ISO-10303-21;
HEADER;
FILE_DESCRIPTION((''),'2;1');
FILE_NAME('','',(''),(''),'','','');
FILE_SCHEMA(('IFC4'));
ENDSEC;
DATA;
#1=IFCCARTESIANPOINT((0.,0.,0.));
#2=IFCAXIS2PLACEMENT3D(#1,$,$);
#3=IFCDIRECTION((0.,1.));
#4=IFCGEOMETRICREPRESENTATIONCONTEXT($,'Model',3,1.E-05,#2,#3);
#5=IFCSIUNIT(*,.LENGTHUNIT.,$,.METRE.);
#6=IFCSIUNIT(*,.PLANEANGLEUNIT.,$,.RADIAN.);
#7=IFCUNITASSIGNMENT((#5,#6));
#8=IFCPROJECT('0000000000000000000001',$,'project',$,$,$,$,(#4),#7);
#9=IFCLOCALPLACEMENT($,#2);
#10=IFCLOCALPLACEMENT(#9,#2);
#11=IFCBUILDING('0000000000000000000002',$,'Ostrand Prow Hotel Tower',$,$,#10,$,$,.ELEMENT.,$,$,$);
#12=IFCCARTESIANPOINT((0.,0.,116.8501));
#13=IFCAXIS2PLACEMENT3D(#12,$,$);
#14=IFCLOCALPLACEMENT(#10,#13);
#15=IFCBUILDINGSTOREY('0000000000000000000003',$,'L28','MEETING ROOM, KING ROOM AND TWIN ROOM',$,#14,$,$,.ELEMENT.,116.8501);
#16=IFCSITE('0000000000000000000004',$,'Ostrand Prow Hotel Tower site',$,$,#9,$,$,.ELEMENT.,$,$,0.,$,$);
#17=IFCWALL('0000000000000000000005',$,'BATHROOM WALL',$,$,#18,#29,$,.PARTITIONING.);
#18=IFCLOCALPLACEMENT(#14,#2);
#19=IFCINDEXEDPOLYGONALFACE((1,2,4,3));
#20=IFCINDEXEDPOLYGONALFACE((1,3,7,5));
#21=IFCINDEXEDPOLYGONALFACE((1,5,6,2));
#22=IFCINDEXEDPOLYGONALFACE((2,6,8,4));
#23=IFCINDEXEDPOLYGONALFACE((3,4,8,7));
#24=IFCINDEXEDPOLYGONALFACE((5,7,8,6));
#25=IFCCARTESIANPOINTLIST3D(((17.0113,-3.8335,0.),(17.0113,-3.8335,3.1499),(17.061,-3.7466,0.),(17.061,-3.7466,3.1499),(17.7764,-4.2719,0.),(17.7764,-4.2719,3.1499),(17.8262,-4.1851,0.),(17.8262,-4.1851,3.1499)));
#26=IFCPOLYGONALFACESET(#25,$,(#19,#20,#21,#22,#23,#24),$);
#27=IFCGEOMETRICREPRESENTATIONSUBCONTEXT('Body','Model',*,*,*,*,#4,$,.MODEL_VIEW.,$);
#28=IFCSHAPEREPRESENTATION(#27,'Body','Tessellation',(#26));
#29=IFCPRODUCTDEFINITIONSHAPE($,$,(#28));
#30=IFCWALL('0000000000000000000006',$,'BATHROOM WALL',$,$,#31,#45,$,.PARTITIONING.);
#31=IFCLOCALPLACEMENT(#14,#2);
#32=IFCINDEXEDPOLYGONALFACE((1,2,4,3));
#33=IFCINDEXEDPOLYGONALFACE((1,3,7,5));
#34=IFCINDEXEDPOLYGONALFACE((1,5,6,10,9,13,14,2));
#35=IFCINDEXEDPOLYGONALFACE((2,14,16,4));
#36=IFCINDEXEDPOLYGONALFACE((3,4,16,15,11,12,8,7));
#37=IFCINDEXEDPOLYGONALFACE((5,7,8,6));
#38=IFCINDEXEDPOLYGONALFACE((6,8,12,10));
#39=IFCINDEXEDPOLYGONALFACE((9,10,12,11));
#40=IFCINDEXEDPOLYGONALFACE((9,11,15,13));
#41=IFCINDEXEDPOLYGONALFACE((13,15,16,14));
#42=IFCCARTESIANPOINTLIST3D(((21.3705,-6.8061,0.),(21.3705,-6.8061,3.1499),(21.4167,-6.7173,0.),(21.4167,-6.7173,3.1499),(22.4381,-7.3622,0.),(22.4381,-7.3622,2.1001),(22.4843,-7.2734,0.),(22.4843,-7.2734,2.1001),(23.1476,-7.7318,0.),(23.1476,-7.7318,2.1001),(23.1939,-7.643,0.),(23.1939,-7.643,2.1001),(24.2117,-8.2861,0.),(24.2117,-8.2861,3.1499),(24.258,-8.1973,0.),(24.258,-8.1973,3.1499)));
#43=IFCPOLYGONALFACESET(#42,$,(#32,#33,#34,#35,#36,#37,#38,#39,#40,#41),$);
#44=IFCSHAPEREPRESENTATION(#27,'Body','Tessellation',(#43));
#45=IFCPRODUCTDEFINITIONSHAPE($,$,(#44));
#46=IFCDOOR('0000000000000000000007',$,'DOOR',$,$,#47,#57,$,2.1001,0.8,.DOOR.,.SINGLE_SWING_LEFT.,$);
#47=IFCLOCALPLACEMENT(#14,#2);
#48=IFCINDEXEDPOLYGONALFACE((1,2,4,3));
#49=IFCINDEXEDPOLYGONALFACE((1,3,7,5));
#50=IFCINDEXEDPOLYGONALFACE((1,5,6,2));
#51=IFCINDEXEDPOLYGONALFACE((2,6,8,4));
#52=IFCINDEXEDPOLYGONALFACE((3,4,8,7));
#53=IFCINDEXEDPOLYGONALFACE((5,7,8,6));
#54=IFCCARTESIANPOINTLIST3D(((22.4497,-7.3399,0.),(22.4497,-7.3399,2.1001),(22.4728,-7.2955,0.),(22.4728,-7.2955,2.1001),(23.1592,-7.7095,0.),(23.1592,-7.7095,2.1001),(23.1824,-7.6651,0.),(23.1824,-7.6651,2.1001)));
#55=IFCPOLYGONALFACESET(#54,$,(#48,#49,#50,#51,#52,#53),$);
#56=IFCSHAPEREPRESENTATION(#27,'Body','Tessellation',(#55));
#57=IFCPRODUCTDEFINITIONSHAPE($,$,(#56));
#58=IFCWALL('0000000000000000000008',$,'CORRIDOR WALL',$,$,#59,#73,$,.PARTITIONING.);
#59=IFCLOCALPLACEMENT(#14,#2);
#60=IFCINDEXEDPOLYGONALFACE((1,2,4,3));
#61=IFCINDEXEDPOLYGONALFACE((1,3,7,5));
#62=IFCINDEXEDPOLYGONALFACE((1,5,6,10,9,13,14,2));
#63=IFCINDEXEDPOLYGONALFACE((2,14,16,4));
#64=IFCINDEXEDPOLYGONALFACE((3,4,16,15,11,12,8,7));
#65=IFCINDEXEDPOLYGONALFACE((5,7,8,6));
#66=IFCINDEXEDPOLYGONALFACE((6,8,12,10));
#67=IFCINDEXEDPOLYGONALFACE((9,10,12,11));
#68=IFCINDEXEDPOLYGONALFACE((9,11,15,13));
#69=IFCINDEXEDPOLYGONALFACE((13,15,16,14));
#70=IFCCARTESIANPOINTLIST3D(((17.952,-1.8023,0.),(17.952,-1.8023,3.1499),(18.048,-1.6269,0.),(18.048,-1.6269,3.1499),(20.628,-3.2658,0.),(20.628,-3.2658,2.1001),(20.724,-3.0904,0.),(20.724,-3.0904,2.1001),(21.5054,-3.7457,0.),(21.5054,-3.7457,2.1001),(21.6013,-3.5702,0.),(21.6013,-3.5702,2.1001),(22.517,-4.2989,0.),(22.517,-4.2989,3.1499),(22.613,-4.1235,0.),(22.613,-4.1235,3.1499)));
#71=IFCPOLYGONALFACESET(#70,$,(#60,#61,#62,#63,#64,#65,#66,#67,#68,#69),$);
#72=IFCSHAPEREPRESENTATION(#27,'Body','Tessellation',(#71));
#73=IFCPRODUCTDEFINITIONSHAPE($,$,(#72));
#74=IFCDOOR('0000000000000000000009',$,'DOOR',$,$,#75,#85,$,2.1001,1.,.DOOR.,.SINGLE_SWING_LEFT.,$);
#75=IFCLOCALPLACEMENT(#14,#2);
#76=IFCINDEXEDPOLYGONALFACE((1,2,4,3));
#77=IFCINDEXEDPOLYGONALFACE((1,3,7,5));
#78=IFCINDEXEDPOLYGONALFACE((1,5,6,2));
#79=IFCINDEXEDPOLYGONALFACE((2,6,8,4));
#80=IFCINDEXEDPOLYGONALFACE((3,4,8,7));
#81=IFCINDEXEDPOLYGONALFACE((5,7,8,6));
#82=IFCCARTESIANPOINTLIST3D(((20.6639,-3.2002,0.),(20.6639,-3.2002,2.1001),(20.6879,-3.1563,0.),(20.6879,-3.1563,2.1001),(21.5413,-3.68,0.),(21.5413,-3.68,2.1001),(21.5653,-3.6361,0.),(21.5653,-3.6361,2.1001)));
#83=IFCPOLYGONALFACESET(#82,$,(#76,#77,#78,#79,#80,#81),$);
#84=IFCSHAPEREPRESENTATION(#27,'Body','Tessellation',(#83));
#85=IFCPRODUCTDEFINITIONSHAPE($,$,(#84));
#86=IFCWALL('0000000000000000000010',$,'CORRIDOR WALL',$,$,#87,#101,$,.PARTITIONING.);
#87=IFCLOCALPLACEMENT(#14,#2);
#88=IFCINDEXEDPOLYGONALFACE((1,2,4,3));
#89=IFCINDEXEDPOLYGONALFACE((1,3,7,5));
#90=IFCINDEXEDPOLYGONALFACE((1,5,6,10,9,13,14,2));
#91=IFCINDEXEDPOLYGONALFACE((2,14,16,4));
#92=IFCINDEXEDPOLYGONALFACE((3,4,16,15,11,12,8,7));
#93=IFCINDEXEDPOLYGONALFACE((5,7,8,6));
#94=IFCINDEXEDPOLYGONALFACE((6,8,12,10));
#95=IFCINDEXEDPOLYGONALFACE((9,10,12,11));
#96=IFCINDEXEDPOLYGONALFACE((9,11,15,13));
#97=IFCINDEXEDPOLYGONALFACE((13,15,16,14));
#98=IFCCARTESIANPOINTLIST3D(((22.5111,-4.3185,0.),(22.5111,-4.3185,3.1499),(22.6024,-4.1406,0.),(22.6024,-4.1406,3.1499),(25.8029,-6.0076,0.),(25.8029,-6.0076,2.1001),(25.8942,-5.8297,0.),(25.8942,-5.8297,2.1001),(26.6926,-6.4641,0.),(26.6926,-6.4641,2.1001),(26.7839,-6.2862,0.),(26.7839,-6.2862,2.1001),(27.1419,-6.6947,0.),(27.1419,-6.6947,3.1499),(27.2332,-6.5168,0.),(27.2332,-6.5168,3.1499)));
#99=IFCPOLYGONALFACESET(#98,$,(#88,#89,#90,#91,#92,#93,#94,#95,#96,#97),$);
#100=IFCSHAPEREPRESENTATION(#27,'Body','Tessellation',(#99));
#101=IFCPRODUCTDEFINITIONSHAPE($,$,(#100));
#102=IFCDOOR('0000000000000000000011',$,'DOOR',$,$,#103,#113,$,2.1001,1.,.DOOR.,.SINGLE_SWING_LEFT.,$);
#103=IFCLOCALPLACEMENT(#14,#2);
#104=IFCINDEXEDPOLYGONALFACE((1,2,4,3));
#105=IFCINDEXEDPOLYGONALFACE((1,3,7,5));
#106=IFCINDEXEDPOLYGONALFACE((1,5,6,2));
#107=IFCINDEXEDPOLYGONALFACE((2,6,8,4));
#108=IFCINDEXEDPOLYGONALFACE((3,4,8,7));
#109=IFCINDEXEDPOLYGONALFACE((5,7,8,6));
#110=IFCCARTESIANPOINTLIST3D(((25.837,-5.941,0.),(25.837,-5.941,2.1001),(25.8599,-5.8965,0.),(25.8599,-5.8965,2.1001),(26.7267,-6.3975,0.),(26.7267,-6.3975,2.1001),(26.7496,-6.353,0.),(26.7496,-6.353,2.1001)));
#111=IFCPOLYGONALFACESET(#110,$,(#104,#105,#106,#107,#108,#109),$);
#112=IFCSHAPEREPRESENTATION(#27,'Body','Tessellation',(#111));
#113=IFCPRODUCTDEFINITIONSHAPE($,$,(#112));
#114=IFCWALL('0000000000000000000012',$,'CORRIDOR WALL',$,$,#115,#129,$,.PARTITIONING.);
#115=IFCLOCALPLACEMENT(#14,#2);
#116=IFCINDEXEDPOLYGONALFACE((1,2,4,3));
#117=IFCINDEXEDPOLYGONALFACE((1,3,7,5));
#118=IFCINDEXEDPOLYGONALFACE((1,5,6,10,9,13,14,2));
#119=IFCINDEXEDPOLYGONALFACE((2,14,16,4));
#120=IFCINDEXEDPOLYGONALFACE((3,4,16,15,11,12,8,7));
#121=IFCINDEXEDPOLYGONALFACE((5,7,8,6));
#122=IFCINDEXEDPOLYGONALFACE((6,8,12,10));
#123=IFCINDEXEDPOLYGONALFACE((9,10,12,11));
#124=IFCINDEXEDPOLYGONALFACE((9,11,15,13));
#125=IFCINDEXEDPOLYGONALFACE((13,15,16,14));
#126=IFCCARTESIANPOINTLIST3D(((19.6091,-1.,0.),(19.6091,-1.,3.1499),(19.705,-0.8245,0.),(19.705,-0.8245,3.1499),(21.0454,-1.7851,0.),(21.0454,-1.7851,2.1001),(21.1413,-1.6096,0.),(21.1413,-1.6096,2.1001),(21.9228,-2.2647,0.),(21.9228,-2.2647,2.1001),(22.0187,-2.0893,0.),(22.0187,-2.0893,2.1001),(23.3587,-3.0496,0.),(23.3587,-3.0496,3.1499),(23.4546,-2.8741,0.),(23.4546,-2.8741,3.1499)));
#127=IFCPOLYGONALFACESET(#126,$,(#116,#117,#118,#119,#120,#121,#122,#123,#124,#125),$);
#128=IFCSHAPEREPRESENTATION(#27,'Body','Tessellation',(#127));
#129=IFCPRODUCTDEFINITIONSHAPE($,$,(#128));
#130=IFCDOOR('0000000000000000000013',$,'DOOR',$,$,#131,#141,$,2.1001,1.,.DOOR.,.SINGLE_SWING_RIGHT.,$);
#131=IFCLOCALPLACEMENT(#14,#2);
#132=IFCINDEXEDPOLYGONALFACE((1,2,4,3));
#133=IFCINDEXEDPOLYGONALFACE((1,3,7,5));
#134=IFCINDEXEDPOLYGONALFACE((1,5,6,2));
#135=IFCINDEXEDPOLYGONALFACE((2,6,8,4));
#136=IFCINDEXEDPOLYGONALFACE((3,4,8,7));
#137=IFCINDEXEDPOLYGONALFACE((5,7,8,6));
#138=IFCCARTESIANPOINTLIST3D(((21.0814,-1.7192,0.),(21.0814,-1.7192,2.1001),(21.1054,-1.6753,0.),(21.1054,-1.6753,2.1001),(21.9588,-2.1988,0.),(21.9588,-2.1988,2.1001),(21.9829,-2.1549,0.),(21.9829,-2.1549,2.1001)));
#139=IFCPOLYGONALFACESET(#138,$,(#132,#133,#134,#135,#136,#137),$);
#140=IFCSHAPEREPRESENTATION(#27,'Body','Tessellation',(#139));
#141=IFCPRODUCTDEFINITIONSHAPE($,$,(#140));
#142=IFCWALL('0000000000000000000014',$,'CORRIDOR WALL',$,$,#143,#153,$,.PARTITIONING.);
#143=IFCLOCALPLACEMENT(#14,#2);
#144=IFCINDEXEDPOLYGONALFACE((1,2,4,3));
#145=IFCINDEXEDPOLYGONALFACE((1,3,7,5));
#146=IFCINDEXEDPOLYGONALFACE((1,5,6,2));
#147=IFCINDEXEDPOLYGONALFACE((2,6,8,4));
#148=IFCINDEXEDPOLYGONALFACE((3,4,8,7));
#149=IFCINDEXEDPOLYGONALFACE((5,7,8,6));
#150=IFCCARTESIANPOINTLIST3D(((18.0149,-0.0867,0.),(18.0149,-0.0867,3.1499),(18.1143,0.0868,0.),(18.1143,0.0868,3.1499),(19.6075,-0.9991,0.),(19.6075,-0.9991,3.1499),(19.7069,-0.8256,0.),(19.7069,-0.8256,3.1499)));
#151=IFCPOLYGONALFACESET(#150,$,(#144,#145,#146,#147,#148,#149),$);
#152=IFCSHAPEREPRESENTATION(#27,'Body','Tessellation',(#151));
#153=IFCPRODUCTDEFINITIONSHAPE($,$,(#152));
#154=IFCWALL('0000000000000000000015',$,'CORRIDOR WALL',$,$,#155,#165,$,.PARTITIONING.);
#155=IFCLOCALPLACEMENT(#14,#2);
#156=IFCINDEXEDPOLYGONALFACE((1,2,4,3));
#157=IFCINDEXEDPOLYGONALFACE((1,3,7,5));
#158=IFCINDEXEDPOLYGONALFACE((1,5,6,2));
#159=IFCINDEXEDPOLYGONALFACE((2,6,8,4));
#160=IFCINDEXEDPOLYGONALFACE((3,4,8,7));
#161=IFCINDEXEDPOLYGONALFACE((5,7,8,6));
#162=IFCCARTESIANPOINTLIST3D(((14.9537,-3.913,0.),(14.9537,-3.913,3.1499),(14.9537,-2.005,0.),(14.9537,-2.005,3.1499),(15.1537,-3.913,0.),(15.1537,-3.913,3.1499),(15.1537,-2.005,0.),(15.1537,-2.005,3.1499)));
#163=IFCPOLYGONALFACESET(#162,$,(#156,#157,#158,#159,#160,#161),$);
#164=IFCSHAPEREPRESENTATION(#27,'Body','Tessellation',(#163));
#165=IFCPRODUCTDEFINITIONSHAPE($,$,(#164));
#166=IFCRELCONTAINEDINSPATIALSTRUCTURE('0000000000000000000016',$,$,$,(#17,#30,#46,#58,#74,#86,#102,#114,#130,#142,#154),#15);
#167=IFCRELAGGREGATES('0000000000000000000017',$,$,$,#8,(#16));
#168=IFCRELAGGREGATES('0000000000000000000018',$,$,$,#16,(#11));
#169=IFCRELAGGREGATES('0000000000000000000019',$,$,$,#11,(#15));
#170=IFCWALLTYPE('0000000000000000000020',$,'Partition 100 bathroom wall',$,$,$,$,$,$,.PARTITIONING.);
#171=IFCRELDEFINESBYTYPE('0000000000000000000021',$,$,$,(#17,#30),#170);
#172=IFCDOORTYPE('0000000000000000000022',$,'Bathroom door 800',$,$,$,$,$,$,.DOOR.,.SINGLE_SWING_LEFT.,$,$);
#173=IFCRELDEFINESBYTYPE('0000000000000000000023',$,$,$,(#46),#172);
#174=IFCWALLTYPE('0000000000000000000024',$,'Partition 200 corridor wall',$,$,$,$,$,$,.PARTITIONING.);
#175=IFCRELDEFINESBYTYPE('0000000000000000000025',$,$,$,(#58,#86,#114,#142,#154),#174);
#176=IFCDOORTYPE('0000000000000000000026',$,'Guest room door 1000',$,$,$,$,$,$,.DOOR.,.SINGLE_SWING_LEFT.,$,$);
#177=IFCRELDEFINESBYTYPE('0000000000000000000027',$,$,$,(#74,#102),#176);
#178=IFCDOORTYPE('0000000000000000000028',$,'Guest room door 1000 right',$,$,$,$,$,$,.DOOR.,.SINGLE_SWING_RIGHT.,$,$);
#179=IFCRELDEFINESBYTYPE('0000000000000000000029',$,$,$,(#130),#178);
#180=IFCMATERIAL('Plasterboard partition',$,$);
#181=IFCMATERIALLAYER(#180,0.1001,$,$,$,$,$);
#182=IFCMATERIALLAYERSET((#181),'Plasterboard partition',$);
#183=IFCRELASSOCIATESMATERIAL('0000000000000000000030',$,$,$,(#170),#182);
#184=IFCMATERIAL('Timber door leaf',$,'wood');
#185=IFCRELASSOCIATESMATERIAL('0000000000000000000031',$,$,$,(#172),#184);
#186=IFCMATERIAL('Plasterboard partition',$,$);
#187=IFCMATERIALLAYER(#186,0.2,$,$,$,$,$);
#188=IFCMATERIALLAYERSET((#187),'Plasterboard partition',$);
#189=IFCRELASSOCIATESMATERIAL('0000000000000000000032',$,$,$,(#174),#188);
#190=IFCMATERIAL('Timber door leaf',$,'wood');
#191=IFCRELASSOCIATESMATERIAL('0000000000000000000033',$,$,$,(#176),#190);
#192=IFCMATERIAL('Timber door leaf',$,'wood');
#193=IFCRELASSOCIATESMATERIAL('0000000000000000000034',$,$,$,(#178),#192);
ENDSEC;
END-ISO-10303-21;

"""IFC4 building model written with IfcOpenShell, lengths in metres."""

from ifc_helpers import new_model, si_unit, direction, frame, frame_2d, origin, place, context, subcontext, project, spatial, rectangle, extrude, material, layer, layer_set, type_object, element, fill, save


model = new_model("IFC4")

# Units and contexts
model_context = context("Model", 3, precision=1e-05, world=origin(), true_north=direction((0.0, 1.0)))
body_context = subcontext(model_context, "Body", "Model", "MODEL_VIEW")
ifc_project = project(units=[si_unit("LENGTHUNIT", "METRE"), si_unit("PLANEANGLEUNIT", "RADIAN")], contexts=[model_context])

# Site, building, storey
site_placement = place(None, origin())
site = spatial("IfcSite", under=ifc_project, at=site_placement, Name="Ostrand Prow Hotel Tower site", CompositionType="ELEMENT", RefElevation=0.0)
building_placement = place(site_placement, origin())
building = spatial("IfcBuilding", under=site, at=building_placement, Name="Ostrand Prow Hotel Tower", CompositionType="ELEMENT")
storey_placement = place(building_placement, frame((0.0, 0.0, 116.8501)))
storey = spatial("IfcBuildingStorey", under=building, at=storey_placement, Name="L28", Description="MEETING ROOM, KING ROOM AND TWIN ROOM", CompositionType="ELEMENT", Elevation=116.8501)

# Shared definitions
ifc_material_1 = material(Name="Plasterboard partition")
ifc_layer_1 = layer(ifc_material_1, 0.1001)
ifc_layer_set_1 = layer_set([ifc_layer_1], Name="Plasterboard partition")
wall_type_1 = type_object("IfcWallType", Name="Partition 100 bathroom wall", PredefinedType="PARTITIONING", material=ifc_layer_set_1)
ifc_material_2 = material(Name="Timber door leaf", Category="wood")
door_type_1 = type_object("IfcDoorType", Name="Bathroom door 800", OperationType="SINGLE_SWING_LEFT", PredefinedType="DOOR", material=ifc_material_2)

# Wall
wall_1_placement = place(storey_placement, frame((17.8013, -4.2285, 0.0), z_axis=(0.0, 0.0, 1.0), x_axis=(-0.867629, 0.497212, 0.0)))
element("IfcWall", 1, at=wall_1_placement, inside=storey, type_object=wall_type_1, Name="BATHROOM WALL", PredefinedType="PARTITIONING", context=body_context, shape_type="SweptSolid", body=[
    extrude(rectangle(XDim=0.8818, YDim=0.1001, at=frame_2d((0.4409, 0.0))), origin(), (0.0, 0.0, 1.0), 3.1499),
])

# Walls, openings, doors
wall_2_placement = place(storey_placement, frame((24.2349, -8.2417, 0.0), z_axis=(0.0, 0.0, 1.0), x_axis=(-0.886897, 0.461967, 0.0)))
wall_2 = element("IfcWall", 2, at=wall_2_placement, inside=storey, type_object=wall_type_1, Name="BATHROOM WALL", PredefinedType="PARTITIONING", context=body_context, shape_type="SweptSolid", body=[
    extrude(rectangle(XDim=3.2036, YDim=0.1001, at=frame_2d((1.6018, 0.0))), origin(), (0.0, 0.0, 1.0), 3.1499),
])
opening_1_placement = place(wall_2_placement, frame((1.2, 0.0, 0.0)))
opening_1 = element("IfcOpeningElement", 3, at=opening_1_placement, cuts=wall_2, PredefinedType="OPENING", context=body_context, shape_type="SweptSolid", body=[
    extrude(rectangle(XDim=0.8, YDim=2.1001, at=frame_2d((0.3999, 1.05))), frame((0.0, 0.0601, 0.0), z_axis=(0.0, -1.0, 0.0), x_axis=(1.0, 0.0, 0.0)), (0.0, 0.0, 1.0), 0.1201),
])
door_1_placement = place(opening_1_placement, origin())
door_1 = element("IfcDoor", 4, at=door_1_placement, inside=storey, type_object=door_type_1, Name="DOOR", OperationType="SINGLE_SWING_LEFT", OverallHeight=2.1001, OverallWidth=0.8, PredefinedType="DOOR", context=body_context, shape_type="SweptSolid", body=[
    extrude(rectangle(XDim=0.8, YDim=2.1001, at=frame_2d((0.3999, 1.05))), frame((0.0, 0.0249, 0.0), z_axis=(0.0, -1.0, 0.0), x_axis=(1.0, 0.0, 0.0)), (0.0, 0.0, 1.0), 0.05),
])
fill(opening_1, door_1)
ifc_material_3 = material(Name="Plasterboard partition")
ifc_layer_2 = layer(ifc_material_3, 0.2)
ifc_layer_set_2 = layer_set([ifc_layer_2], Name="Plasterboard partition")
wall_type_2 = type_object("IfcWallType", Name="Partition 200 corridor wall", PredefinedType="PARTITIONING", material=ifc_layer_set_2)
wall_3_placement = place(storey_placement, frame((18.0, -1.7146, 0.0), z_axis=(0.0, 0.0, 1.0), x_axis=(0.877361, -0.479832, 0.0)))
wall_3 = element("IfcWall", 5, at=wall_3_placement, inside=storey, type_object=wall_type_2, Name="CORRIDOR WALL", PredefinedType="PARTITIONING", context=body_context, shape_type="SweptSolid", body=[
    extrude(rectangle(XDim=5.2031, YDim=0.2, at=frame_2d((2.6016, 0.0))), origin(), (0.0, 0.0, 1.0), 3.1499),
])
opening_2_placement = place(wall_3_placement, frame((3.05, 0.0, 0.0)))
opening_2 = element("IfcOpeningElement", 6, at=opening_2_placement, cuts=wall_3, PredefinedType="OPENING", context=body_context, shape_type="SweptSolid", body=[
    extrude(rectangle(XDim=1.0, YDim=2.1001, at=frame_2d((0.5, 1.05))), frame((0.0, 0.1099, 0.0), z_axis=(0.0, -1.0, 0.0), x_axis=(1.0, 0.0, 0.0)), (0.0, 0.0, 1.0), 0.22),
])
ifc_material_4 = material(Name="Timber door leaf", Category="wood")
door_type_2 = type_object("IfcDoorType", Name="Guest room door 1000", OperationType="SINGLE_SWING_LEFT", PredefinedType="DOOR", material=ifc_material_4)
door_2_placement = place(opening_2_placement, origin())
door_2 = element("IfcDoor", 7, at=door_2_placement, inside=storey, type_object=door_type_2, Name="DOOR", OperationType="SINGLE_SWING_LEFT", OverallHeight=2.1001, OverallWidth=1.0, PredefinedType="DOOR", context=body_context, shape_type="SweptSolid", body=[
    extrude(rectangle(XDim=1.0, YDim=2.1001, at=frame_2d((0.5, 1.05))), frame((0.0, 0.0249, 0.0), z_axis=(0.0, -1.0, 0.0), x_axis=(1.0, 0.0, 0.0)), (0.0, 0.0, 1.0), 0.05),
])
fill(opening_2, door_2)
wall_4_placement = place(storey_placement, frame((22.5566, -4.2295, 0.0), z_axis=(0.0, 0.0, 1.0), x_axis=(0.889707, -0.456533, 0.0)))
wall_4 = element("IfcWall", 8, at=wall_4_placement, inside=storey, type_object=wall_type_2, Name="CORRIDOR WALL", PredefinedType="PARTITIONING", context=body_context, shape_type="SweptSolid", body=[
    extrude(rectangle(XDim=5.2048, YDim=0.2, at=frame_2d((2.6025, 0.0))), origin(), (0.0, 0.0, 1.0), 3.1499),
])
opening_3_placement = place(wall_4_placement, frame((3.7, 0.0, 0.0)))
opening_3 = element("IfcOpeningElement", 9, at=opening_3_placement, cuts=wall_4, PredefinedType="OPENING", context=body_context, shape_type="SweptSolid", body=[
    extrude(rectangle(XDim=1.0, YDim=2.1001, at=frame_2d((0.5, 1.05))), frame((0.0, 0.1099, 0.0), z_axis=(0.0, -1.0, 0.0), x_axis=(1.0, 0.0, 0.0)), (0.0, 0.0, 1.0), 0.22),
])
door_3_placement = place(opening_3_placement, origin())
door_3 = element("IfcDoor", 10, at=door_3_placement, inside=storey, type_object=door_type_2, Name="DOOR", OperationType="SINGLE_SWING_LEFT", OverallHeight=2.1001, OverallWidth=1.0, PredefinedType="DOOR", context=body_context, shape_type="SweptSolid", body=[
    extrude(rectangle(XDim=1.0, YDim=2.1001, at=frame_2d((0.5, 1.05))), frame((0.0, 0.0249, 0.0), z_axis=(0.0, -1.0, 0.0), x_axis=(1.0, 0.0, 0.0)), (0.0, 0.0, 1.0), 0.05),
])
fill(opening_3, door_3)
wall_5_placement = place(storey_placement, frame((23.4067, -2.9619, 0.0), z_axis=(0.0, 0.0, 1.0), x_axis=(-0.877465, 0.479641, 0.0)))
wall_5 = element("IfcWall", 11, at=wall_5_placement, inside=storey, type_object=wall_type_2, Name="CORRIDOR WALL", PredefinedType="PARTITIONING", context=body_context, shape_type="SweptSolid", body=[
    extrude(rectangle(XDim=4.2732, YDim=0.2, at=frame_2d((2.1367, 0.0))), origin(), (0.0, 0.0, 1.0), 3.1499),
])
opening_4_placement = place(wall_5_placement, frame((1.6365, 0.0, 0.0)))
opening_4 = element("IfcOpeningElement", 12, at=opening_4_placement, cuts=wall_5, PredefinedType="OPENING", context=body_context, shape_type="SweptSolid", body=[
    extrude(rectangle(XDim=1.0, YDim=2.1001, at=frame_2d((0.5, 1.05))), frame((0.0, 0.1099, 0.0), z_axis=(0.0, -1.0, 0.0), x_axis=(1.0, 0.0, 0.0)), (0.0, 0.0, 1.0), 0.22),
])
ifc_material_5 = material(Name="Timber door leaf", Category="wood")
door_type_3 = type_object("IfcDoorType", Name="Guest room door 1000 right", OperationType="SINGLE_SWING_RIGHT", PredefinedType="DOOR", material=ifc_material_5)
door_4_placement = place(opening_4_placement, origin())
door_4 = element("IfcDoor", 13, at=door_4_placement, inside=storey, type_object=door_type_3, Name="DOOR", OperationType="SINGLE_SWING_RIGHT", OverallHeight=2.1001, OverallWidth=1.0, PredefinedType="DOOR", context=body_context, shape_type="SweptSolid", body=[
    extrude(rectangle(XDim=1.0, YDim=2.1001, at=frame_2d((0.5, 1.05))), frame((0.0, 0.0249, 0.0), z_axis=(0.0, -1.0, 0.0), x_axis=(1.0, 0.0, 0.0)), (0.0, 0.0, 1.0), 0.05),
])
fill(opening_4, door_4)

# Walls
wall_6_placement = place(storey_placement, frame((19.6572, -0.9124, 0.0), z_axis=(0.0, 0.0, 1.0), x_axis=(-0.867694, 0.497098, 0.0)))
element("IfcWall", 14, at=wall_6_placement, inside=storey, type_object=wall_type_2, Name="CORRIDOR WALL", PredefinedType="PARTITIONING", context=body_context, shape_type="SweptSolid", body=[
    extrude(rectangle(XDim=1.8354, YDim=0.2, at=frame_2d((0.9177, 0.0))), origin(), (0.0, 0.0, 1.0), 3.1499),
])
wall_7_placement = place(storey_placement, frame((15.0537, -2.0049, 0.0), z_axis=(0.0, 0.0, 1.0), x_axis=(0.0, -1.0, 0.0)))
element("IfcWall", 15, at=wall_7_placement, inside=storey, type_object=wall_type_2, Name="CORRIDOR WALL", PredefinedType="PARTITIONING", context=body_context, shape_type="SweptSolid", body=[
    extrude(rectangle(XDim=1.908, YDim=0.2, at=frame_2d((0.9541, 0.0))), origin(), (0.0, 0.0, 1.0), 3.1499),
])

save(model, "model.ifc")
